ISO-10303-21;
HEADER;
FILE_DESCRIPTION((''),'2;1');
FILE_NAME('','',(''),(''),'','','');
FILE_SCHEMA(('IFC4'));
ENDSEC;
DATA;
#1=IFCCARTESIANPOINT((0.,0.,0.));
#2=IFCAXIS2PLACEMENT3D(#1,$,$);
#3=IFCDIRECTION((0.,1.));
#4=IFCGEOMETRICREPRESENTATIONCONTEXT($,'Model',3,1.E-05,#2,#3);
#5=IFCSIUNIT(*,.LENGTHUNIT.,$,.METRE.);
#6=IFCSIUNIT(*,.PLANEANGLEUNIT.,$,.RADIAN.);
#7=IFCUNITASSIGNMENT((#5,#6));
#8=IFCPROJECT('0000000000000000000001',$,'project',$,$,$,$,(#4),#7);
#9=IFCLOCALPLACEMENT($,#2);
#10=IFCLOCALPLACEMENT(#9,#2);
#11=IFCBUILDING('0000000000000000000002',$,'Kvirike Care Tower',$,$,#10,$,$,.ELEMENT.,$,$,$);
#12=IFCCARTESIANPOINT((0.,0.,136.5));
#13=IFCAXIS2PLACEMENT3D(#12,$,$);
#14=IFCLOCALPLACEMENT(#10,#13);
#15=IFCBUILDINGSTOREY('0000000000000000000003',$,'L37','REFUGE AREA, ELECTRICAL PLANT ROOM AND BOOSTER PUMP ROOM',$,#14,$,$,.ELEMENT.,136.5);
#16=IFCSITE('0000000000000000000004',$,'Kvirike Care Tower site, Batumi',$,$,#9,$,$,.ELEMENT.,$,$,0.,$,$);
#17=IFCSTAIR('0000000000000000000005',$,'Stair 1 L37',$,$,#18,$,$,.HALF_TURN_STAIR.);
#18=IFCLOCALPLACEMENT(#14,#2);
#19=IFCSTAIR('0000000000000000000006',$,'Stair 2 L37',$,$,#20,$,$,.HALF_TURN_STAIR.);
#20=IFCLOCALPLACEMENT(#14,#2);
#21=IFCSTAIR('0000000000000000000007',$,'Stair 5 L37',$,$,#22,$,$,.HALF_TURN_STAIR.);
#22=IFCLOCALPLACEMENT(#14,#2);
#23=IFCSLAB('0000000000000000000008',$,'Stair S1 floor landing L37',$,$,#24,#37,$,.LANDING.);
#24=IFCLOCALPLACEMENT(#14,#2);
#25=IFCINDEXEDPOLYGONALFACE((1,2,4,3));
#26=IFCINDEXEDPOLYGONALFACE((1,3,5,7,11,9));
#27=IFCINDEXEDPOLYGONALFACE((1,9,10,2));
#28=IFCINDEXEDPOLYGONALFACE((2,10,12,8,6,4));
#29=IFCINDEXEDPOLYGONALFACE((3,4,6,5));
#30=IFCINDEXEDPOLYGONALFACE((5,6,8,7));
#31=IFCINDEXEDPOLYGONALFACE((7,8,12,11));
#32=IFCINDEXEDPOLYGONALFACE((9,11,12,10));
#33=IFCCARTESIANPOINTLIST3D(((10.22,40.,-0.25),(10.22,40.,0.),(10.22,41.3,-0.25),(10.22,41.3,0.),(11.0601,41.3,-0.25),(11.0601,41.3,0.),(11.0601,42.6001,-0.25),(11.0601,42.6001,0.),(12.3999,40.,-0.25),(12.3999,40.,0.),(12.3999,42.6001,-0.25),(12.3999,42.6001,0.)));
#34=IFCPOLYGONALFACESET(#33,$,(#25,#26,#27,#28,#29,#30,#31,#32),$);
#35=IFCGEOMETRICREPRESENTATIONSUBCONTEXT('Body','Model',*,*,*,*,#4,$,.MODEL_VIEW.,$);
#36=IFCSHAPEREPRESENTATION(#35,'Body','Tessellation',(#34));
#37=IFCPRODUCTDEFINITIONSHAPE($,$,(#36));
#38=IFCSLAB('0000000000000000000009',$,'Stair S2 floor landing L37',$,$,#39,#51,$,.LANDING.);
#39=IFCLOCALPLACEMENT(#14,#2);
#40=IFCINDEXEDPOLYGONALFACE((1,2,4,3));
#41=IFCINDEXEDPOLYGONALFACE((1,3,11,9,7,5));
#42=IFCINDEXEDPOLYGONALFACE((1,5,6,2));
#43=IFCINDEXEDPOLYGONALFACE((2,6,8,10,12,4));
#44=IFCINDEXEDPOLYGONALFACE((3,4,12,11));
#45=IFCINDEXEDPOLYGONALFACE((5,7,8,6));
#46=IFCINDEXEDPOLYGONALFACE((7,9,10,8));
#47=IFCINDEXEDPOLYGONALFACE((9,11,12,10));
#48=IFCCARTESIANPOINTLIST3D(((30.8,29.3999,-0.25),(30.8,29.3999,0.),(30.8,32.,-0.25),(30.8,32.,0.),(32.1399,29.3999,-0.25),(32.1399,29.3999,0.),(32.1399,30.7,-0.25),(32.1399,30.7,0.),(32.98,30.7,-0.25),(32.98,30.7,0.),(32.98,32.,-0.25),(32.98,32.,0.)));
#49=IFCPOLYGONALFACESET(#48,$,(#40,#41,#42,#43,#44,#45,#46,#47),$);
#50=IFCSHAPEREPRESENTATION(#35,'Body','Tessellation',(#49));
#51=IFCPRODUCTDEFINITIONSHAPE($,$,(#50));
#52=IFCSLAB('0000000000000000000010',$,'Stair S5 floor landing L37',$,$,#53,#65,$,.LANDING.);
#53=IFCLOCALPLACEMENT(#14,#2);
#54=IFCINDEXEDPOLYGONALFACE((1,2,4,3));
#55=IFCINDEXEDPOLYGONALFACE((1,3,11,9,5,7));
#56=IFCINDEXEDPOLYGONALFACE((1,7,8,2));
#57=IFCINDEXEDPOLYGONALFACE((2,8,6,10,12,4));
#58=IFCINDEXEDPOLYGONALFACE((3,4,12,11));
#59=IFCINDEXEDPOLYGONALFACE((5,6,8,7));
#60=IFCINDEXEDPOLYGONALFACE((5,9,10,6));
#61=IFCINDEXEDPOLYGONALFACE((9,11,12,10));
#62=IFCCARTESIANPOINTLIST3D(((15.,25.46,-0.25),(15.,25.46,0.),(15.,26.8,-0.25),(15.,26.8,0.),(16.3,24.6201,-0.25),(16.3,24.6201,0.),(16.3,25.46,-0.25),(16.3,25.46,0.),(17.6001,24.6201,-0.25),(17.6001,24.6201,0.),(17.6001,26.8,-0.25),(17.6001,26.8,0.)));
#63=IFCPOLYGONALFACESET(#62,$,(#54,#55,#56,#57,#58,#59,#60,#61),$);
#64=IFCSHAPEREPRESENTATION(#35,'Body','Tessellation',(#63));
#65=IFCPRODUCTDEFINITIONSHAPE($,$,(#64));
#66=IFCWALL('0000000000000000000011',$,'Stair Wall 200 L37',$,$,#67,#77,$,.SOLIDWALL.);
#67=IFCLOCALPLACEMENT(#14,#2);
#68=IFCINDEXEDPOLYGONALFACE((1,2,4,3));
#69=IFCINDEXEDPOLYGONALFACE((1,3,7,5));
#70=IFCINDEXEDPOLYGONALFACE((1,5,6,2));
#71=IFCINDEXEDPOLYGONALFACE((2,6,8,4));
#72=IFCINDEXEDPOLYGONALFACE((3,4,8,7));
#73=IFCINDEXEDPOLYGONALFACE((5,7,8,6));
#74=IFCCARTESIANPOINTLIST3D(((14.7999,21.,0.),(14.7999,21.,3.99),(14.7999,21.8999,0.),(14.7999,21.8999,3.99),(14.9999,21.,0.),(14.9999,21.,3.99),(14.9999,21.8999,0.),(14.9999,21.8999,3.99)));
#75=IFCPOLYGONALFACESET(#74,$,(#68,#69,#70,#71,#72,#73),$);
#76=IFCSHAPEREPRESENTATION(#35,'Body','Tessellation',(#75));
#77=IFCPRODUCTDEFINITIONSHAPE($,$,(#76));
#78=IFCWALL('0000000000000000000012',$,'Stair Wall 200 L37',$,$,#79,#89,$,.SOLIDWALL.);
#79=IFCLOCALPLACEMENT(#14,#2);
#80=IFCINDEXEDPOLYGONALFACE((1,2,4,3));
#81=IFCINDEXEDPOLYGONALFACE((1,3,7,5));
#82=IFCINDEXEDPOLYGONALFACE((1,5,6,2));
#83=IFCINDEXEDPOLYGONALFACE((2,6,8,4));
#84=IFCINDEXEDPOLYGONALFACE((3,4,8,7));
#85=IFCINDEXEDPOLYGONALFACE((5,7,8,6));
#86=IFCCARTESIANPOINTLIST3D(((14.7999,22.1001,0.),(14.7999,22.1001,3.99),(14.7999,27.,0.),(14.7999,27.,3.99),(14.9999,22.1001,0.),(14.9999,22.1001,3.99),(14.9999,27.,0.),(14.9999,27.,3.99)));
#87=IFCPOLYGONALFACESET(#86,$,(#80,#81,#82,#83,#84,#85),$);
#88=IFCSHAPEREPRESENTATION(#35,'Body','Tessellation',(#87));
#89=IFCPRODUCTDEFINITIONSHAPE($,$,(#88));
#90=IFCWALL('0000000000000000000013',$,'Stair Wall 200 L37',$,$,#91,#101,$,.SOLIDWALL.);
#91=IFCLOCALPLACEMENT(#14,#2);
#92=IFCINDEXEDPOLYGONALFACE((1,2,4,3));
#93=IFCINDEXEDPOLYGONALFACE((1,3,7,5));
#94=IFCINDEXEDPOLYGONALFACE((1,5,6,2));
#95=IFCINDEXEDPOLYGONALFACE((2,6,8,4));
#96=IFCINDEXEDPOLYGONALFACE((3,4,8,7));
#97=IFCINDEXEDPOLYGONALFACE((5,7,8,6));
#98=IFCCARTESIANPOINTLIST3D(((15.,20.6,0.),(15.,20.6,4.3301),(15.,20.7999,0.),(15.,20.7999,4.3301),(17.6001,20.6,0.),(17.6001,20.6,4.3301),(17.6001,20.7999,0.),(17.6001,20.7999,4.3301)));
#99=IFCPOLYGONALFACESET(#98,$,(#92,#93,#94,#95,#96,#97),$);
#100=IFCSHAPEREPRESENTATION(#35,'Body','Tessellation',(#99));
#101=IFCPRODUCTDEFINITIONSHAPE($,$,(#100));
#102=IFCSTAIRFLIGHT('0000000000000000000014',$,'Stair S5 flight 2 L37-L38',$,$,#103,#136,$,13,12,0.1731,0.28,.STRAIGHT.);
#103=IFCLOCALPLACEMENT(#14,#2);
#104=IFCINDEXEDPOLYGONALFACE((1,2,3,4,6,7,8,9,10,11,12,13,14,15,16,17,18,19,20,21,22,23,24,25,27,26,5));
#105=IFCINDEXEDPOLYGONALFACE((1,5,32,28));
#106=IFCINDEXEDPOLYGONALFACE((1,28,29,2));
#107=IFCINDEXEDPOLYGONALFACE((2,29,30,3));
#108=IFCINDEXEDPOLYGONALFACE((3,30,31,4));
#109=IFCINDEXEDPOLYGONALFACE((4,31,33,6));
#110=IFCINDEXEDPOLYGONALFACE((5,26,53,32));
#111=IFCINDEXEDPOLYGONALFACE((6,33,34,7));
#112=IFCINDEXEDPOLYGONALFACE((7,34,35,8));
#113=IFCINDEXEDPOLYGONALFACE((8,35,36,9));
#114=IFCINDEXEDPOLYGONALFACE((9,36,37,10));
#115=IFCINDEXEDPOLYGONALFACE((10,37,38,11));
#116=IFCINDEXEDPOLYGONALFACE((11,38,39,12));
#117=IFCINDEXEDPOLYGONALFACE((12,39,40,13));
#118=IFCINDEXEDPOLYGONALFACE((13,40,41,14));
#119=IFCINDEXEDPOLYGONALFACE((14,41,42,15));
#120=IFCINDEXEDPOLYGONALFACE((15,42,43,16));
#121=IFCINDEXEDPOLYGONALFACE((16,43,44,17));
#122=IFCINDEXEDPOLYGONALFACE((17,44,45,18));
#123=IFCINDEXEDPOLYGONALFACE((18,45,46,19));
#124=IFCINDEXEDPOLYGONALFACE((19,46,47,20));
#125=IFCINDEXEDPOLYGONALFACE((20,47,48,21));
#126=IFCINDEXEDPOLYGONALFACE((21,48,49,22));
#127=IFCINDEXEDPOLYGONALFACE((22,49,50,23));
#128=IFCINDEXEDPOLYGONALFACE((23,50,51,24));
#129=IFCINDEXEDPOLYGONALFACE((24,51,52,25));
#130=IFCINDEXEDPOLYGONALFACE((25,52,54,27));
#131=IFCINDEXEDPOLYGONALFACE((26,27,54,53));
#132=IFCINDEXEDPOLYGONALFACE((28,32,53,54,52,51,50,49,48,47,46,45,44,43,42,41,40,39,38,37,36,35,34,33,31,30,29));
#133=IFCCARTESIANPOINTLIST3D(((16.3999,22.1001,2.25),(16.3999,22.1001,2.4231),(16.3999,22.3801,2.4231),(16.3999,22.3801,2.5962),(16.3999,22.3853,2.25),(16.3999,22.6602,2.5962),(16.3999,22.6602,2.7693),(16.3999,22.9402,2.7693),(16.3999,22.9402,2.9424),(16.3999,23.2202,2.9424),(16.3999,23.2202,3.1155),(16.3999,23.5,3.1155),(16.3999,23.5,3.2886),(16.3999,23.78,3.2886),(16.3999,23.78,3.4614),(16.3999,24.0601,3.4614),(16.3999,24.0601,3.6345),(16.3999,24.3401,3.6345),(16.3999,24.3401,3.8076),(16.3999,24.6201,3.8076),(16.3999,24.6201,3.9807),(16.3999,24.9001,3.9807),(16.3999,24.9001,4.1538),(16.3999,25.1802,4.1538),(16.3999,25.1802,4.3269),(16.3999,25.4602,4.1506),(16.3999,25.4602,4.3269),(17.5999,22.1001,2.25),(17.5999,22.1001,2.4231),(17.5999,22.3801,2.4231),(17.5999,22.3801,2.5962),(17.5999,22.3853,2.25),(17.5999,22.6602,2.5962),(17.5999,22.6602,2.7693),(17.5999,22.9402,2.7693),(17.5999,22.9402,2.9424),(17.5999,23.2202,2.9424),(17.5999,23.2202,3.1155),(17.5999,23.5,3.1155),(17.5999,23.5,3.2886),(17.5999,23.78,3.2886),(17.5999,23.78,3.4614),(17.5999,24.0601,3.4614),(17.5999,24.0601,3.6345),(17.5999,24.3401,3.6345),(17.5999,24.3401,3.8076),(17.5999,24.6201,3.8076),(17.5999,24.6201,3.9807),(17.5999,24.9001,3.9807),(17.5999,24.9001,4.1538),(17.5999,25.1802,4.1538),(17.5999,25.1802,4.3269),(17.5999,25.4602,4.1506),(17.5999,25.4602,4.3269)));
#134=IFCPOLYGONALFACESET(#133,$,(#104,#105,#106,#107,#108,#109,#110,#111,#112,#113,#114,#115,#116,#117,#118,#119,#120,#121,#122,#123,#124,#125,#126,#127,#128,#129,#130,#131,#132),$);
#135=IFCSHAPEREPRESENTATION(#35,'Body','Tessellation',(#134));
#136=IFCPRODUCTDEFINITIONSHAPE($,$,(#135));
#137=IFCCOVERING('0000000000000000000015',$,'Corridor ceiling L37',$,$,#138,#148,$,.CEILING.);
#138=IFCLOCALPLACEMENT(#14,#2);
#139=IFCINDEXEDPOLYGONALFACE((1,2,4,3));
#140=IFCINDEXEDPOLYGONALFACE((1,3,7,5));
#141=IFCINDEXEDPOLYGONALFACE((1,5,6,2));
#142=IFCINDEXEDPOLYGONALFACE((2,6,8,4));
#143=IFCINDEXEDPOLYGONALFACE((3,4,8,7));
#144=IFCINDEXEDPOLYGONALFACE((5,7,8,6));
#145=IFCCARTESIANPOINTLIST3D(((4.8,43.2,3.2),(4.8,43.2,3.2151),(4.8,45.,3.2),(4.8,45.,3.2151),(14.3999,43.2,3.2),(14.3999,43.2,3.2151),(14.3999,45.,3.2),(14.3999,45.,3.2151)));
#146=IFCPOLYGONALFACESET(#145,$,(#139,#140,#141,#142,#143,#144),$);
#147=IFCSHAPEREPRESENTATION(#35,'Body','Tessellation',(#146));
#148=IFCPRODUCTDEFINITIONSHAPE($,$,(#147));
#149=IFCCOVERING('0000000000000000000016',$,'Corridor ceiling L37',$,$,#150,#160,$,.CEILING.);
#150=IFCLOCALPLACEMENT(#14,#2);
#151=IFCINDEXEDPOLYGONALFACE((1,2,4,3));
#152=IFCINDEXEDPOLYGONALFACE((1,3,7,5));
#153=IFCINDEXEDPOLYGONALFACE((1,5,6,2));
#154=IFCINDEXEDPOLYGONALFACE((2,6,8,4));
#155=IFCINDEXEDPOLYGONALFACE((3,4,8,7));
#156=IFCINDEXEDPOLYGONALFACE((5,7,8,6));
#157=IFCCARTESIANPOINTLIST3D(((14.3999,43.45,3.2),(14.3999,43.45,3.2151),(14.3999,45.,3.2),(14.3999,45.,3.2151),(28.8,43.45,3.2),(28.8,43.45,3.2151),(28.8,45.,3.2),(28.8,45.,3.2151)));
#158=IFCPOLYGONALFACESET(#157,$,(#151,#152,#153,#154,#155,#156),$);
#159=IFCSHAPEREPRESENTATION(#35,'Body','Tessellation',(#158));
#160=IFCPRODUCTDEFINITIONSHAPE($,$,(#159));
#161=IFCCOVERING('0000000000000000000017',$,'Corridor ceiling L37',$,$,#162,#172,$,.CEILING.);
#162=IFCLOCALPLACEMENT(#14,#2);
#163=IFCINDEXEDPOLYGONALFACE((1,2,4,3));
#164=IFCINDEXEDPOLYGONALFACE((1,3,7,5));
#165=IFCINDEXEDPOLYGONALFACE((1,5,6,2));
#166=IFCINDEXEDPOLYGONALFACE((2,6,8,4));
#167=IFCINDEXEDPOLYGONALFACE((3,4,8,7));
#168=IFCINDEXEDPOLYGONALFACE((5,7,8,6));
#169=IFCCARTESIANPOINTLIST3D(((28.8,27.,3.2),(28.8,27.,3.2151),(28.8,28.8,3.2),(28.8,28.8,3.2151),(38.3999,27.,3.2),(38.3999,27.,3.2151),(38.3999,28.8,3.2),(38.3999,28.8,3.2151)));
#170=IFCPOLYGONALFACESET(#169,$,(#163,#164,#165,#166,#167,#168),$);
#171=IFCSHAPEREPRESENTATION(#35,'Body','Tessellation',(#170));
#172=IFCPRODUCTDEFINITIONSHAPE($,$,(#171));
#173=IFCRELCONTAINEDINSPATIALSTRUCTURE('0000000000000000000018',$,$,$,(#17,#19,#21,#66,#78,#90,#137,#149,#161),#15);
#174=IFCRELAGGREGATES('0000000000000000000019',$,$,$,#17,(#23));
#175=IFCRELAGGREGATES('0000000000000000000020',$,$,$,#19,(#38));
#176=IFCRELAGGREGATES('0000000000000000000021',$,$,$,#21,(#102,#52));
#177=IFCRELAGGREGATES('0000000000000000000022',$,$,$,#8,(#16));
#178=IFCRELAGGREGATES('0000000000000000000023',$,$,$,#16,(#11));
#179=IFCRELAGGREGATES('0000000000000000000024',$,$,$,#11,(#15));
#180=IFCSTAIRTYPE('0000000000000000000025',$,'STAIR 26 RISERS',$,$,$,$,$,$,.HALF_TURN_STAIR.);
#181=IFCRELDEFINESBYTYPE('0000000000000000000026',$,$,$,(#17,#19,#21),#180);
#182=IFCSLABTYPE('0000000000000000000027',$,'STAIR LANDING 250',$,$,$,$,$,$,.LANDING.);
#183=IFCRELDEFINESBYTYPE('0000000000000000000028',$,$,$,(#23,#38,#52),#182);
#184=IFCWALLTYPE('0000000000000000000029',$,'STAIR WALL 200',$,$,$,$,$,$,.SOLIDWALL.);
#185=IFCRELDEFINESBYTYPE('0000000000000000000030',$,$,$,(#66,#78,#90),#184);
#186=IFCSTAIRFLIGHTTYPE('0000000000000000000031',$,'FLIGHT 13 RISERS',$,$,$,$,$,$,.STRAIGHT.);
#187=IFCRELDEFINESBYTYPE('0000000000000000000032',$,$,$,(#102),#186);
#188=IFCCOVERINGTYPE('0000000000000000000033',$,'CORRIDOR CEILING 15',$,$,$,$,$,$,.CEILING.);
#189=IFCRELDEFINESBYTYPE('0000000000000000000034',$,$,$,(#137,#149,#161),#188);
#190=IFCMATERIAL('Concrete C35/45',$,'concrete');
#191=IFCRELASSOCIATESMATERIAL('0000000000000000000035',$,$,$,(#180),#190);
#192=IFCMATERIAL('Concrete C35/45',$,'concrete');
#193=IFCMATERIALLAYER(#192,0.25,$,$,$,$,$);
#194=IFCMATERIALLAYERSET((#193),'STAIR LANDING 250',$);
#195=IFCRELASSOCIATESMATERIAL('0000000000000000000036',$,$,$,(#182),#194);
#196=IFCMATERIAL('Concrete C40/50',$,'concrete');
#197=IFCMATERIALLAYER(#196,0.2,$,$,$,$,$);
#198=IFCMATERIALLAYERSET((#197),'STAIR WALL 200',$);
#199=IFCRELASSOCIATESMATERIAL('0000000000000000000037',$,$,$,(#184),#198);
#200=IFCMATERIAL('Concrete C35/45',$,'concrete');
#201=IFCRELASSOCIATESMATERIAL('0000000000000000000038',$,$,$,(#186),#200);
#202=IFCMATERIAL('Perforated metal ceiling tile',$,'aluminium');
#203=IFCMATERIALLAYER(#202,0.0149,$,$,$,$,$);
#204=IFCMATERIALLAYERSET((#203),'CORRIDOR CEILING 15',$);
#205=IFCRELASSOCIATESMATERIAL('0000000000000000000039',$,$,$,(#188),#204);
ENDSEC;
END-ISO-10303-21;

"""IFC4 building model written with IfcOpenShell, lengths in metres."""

from ifc_helpers import new_model, si_unit, direction, frame, frame_2d, origin, place, context, subcontext, project, spatial, polyline, rectangle, outline, extrude, material, layer, layer_set, type_object, element, aggregate, save


model = new_model("IFC4")

# Units and contexts
model_context = context("Model", 3, precision=1e-05, world=origin(), true_north=direction((0.0, 1.0)))
body_context = subcontext(model_context, "Body", "Model", "MODEL_VIEW")
ifc_project = project(units=[si_unit("LENGTHUNIT", "METRE"), si_unit("PLANEANGLEUNIT", "RADIAN")], contexts=[model_context])

# Site, building, storey
site_placement = place(None, origin())
site = spatial("IfcSite", under=ifc_project, at=site_placement, Name="Kvirike Care Tower site, Batumi", CompositionType="ELEMENT", RefElevation=0.0)
building_placement = place(site_placement, origin())
building = spatial("IfcBuilding", under=site, at=building_placement, Name="Kvirike Care Tower", CompositionType="ELEMENT")
storey_placement = place(building_placement, frame((0.0, 0.0, 136.5)))
storey = spatial("IfcBuildingStorey", under=building, at=storey_placement, Name="L37", Description="REFUGE AREA, ELECTRICAL PLANT ROOM AND BOOSTER PUMP ROOM", CompositionType="ELEMENT", Elevation=136.5)

# Stairs
ifc_material_1 = material(Name="Concrete C35/45", Category="concrete")
stair_type = type_object("IfcStairType", Name="STAIR 26 RISERS", PredefinedType="HALF_TURN_STAIR", material=ifc_material_1)
stair_1_placement = place(storey_placement, origin())
stair_1 = element("IfcStair", 1, at=stair_1_placement, inside=storey, type_object=stair_type, Name="Stair 1 L37", PredefinedType="HALF_TURN_STAIR")
stair_2_placement = place(storey_placement, origin())
stair_2 = element("IfcStair", 2, at=stair_2_placement, inside=storey, type_object=stair_type, Name="Stair 2 L37", PredefinedType="HALF_TURN_STAIR")
stair_3_placement = place(storey_placement, origin())
stair_3 = element("IfcStair", 3, at=stair_3_placement, inside=storey, type_object=stair_type, Name="Stair 5 L37", PredefinedType="HALF_TURN_STAIR")

# Slabs
ifc_material_2 = material(Name="Concrete C35/45", Category="concrete")
ifc_layer_1 = layer(ifc_material_2, 0.25)
ifc_layer_set_1 = layer_set([ifc_layer_1], Name="STAIR LANDING 250")
slab_type_1 = type_object("IfcSlabType", Name="STAIR LANDING 250", PredefinedType="LANDING", material=ifc_layer_set_1)
slab_1_placement = place(storey_placement, frame((0.0, 0.0, -0.25)))
slab_1 = element("IfcSlab", 4, at=slab_1_placement, type_object=slab_type_1, Name="Stair S1 floor landing L37", PredefinedType="LANDING", context=body_context, shape_type="SweptSolid", body=[
    extrude(outline(polyline([(11.0601, 42.6001), (11.0601, 41.3), (10.22, 41.3), (10.22, 40.0), (12.3999, 40.0), (12.3999, 42.6001), (11.0601, 42.6001)])), origin(), (0.0, 0.0, 1.0), 0.25),
])
aggregate(stair_1, [slab_1])
slab_2_placement = place(storey_placement, frame((0.0, 0.0, -0.25)))
slab_2 = element("IfcSlab", 5, at=slab_2_placement, type_object=slab_type_1, Name="Stair S2 floor landing L37", PredefinedType="LANDING", context=body_context, shape_type="SweptSolid", body=[
    extrude(outline(polyline([(32.1399, 29.3999), (32.1399, 30.7), (32.98, 30.7), (32.98, 32.0), (30.8, 32.0), (30.8, 29.3999), (32.1399, 29.3999)])), origin(), (0.0, 0.0, 1.0), 0.25),
])
aggregate(stair_2, [slab_2])
slab_3_placement = place(storey_placement, frame((0.0, 0.0, -0.25)))
slab_3 = element("IfcSlab", 6, at=slab_3_placement, type_object=slab_type_1, Name="Stair S5 floor landing L37", PredefinedType="LANDING", context=body_context, shape_type="SweptSolid", body=[
    extrude(outline(polyline([(15.0, 25.46), (16.3, 25.46), (16.3, 24.6201), (17.6001, 24.6201), (17.6001, 26.8), (15.0, 26.8), (15.0, 25.46)])), origin(), (0.0, 0.0, 1.0), 0.25),
])

# Walls
ifc_material_3 = material(Name="Concrete C40/50", Category="concrete")
ifc_layer_2 = layer(ifc_material_3, 0.2)
ifc_layer_set_2 = layer_set([ifc_layer_2], Name="STAIR WALL 200")
wall_type = type_object("IfcWallType", Name="STAIR WALL 200", PredefinedType="SOLIDWALL", material=ifc_layer_set_2)
wall_1_placement = place(storey_placement, frame((14.8999, 21.0, 0.0), z_axis=(0.0, 0.0, 1.0), x_axis=(0.0, 1.0, 0.0)))
element("IfcWall", 7, at=wall_1_placement, inside=storey, type_object=wall_type, Name="Stair Wall 200 L37", PredefinedType="SOLIDWALL", context=body_context, shape_type="SweptSolid", body=[
    extrude(rectangle(XDim=0.8999, YDim=0.2, at=frame_2d((0.45, 0.0))), origin(), (0.0, 0.0, 1.0), 3.99),
])
wall_2_placement = place(storey_placement, frame((14.8999, 22.1001, 0.0), z_axis=(0.0, 0.0, 1.0), x_axis=(0.0, 1.0, 0.0)))
element("IfcWall", 8, at=wall_2_placement, inside=storey, type_object=wall_type, Name="Stair Wall 200 L37", PredefinedType="SOLIDWALL", context=body_context, shape_type="SweptSolid", body=[
    extrude(rectangle(XDim=4.8999, YDim=0.2, at=frame_2d((2.45, 0.0))), origin(), (0.0, 0.0, 1.0), 3.99),
])
wall_3_placement = place(storey_placement, frame((15.0, 20.7, 0.0), z_axis=(0.0, 0.0, 1.0), x_axis=(1.0, 0.0, 0.0)))
element("IfcWall", 9, at=wall_3_placement, inside=storey, type_object=wall_type, Name="Stair Wall 200 L37", PredefinedType="SOLIDWALL", context=body_context, shape_type="SweptSolid", body=[
    extrude(rectangle(XDim=2.6001, YDim=0.2, at=frame_2d((1.3, 0.0))), origin(), (0.0, 0.0, 1.0), 4.3301),
])

# Stair flight
ifc_material_4 = material(Name="Concrete C35/45", Category="concrete")
stair_flight_type = type_object("IfcStairFlightType", Name="FLIGHT 13 RISERS", PredefinedType="STRAIGHT", material=ifc_material_4)
stair_flight_placement = place(storey_placement, frame((17.0, 22.1001, 2.25), z_axis=(0.0, 0.0, 1.0), x_axis=(0.0, 1.0, 0.0)))
stair_flight = element("IfcStairFlight", 10, at=stair_flight_placement, type_object=stair_flight_type, Name="Stair S5 flight 2 L37-L38", NumberOfRisers=13, NumberOfTreads=12, PredefinedType="STRAIGHT", RiserHeight=0.1731, TreadLength=0.28, context=body_context, shape_type="SweptSolid", body=[
    extrude(outline(polyline([(0.0, 0.0), (0.0, 0.1731), (0.28, 0.1731), (0.28, 0.3462), (0.5601, 0.3462), (0.5601, 0.5193), (0.8401, 0.5193), (0.8401, 0.6924), (1.1201, 0.6924), (1.1201, 0.8655), (1.3999, 0.8655), (1.3999, 1.0386), (1.6799, 1.0386), (1.6799, 1.2114), (1.96, 1.2114), (1.96, 1.3845), (2.24, 1.3845), (2.24, 1.5576), (2.52, 1.5576), (2.52, 1.7307), (2.8, 1.7307), (2.8, 1.9038), (3.0801, 1.9038), (3.0801, 2.0769), (3.3601, 2.0769), (3.3601, 2.25), (3.3601, 1.9006), (0.2852, 0.0), (0.0, 0.0)])), frame((0.0, 0.6001, 0.0), z_axis=(0.0, -1.0, 0.0), x_axis=(1.0, 0.0, 0.0)), (0.0, 0.0, 1.0), 1.2),
])
aggregate(stair_3, [stair_flight, slab_3])

# Coverings
ifc_material_5 = material(Name="Perforated metal ceiling tile", Category="aluminium")
ifc_layer_3 = layer(ifc_material_5, 0.0149)
ifc_layer_set_3 = layer_set([ifc_layer_3], Name="CORRIDOR CEILING 15")
covering_type = type_object("IfcCoveringType", Name="CORRIDOR CEILING 15", PredefinedType="CEILING", material=ifc_layer_set_3)
covering_1_placement = place(storey_placement, frame((0.0, 0.0, 3.2)))
element("IfcCovering", 11, at=covering_1_placement, inside=storey, type_object=covering_type, Name="Corridor ceiling L37", PredefinedType="CEILING", context=body_context, shape_type="SweptSolid", body=[
    extrude(outline(polyline([(14.3999, 45.0), (14.3999, 43.2), (4.8, 43.2), (4.8, 45.0), (14.3999, 45.0)])), origin(), (0.0, 0.0, 1.0), 0.0151),
])
covering_2_placement = place(storey_placement, frame((0.0, 0.0, 3.2)))
element("IfcCovering", 12, at=covering_2_placement, inside=storey, type_object=covering_type, Name="Corridor ceiling L37", PredefinedType="CEILING", context=body_context, shape_type="SweptSolid", body=[
    extrude(outline(polyline([(28.8, 45.0), (28.8, 43.45), (14.3999, 43.45), (14.3999, 45.0), (28.8, 45.0)])), origin(), (0.0, 0.0, 1.0), 0.0151),
])
covering_3_placement = place(storey_placement, frame((0.0, 0.0, 3.2)))
element("IfcCovering", 13, at=covering_3_placement, inside=storey, type_object=covering_type, Name="Corridor ceiling L37", PredefinedType="CEILING", context=body_context, shape_type="SweptSolid", body=[
    extrude(outline(polyline([(28.8, 27.0), (28.8, 28.8), (38.3999, 28.8), (38.3999, 27.0), (28.8, 27.0)])), origin(), (0.0, 0.0, 1.0), 0.0151),
])

save(model, "model.ifc")
